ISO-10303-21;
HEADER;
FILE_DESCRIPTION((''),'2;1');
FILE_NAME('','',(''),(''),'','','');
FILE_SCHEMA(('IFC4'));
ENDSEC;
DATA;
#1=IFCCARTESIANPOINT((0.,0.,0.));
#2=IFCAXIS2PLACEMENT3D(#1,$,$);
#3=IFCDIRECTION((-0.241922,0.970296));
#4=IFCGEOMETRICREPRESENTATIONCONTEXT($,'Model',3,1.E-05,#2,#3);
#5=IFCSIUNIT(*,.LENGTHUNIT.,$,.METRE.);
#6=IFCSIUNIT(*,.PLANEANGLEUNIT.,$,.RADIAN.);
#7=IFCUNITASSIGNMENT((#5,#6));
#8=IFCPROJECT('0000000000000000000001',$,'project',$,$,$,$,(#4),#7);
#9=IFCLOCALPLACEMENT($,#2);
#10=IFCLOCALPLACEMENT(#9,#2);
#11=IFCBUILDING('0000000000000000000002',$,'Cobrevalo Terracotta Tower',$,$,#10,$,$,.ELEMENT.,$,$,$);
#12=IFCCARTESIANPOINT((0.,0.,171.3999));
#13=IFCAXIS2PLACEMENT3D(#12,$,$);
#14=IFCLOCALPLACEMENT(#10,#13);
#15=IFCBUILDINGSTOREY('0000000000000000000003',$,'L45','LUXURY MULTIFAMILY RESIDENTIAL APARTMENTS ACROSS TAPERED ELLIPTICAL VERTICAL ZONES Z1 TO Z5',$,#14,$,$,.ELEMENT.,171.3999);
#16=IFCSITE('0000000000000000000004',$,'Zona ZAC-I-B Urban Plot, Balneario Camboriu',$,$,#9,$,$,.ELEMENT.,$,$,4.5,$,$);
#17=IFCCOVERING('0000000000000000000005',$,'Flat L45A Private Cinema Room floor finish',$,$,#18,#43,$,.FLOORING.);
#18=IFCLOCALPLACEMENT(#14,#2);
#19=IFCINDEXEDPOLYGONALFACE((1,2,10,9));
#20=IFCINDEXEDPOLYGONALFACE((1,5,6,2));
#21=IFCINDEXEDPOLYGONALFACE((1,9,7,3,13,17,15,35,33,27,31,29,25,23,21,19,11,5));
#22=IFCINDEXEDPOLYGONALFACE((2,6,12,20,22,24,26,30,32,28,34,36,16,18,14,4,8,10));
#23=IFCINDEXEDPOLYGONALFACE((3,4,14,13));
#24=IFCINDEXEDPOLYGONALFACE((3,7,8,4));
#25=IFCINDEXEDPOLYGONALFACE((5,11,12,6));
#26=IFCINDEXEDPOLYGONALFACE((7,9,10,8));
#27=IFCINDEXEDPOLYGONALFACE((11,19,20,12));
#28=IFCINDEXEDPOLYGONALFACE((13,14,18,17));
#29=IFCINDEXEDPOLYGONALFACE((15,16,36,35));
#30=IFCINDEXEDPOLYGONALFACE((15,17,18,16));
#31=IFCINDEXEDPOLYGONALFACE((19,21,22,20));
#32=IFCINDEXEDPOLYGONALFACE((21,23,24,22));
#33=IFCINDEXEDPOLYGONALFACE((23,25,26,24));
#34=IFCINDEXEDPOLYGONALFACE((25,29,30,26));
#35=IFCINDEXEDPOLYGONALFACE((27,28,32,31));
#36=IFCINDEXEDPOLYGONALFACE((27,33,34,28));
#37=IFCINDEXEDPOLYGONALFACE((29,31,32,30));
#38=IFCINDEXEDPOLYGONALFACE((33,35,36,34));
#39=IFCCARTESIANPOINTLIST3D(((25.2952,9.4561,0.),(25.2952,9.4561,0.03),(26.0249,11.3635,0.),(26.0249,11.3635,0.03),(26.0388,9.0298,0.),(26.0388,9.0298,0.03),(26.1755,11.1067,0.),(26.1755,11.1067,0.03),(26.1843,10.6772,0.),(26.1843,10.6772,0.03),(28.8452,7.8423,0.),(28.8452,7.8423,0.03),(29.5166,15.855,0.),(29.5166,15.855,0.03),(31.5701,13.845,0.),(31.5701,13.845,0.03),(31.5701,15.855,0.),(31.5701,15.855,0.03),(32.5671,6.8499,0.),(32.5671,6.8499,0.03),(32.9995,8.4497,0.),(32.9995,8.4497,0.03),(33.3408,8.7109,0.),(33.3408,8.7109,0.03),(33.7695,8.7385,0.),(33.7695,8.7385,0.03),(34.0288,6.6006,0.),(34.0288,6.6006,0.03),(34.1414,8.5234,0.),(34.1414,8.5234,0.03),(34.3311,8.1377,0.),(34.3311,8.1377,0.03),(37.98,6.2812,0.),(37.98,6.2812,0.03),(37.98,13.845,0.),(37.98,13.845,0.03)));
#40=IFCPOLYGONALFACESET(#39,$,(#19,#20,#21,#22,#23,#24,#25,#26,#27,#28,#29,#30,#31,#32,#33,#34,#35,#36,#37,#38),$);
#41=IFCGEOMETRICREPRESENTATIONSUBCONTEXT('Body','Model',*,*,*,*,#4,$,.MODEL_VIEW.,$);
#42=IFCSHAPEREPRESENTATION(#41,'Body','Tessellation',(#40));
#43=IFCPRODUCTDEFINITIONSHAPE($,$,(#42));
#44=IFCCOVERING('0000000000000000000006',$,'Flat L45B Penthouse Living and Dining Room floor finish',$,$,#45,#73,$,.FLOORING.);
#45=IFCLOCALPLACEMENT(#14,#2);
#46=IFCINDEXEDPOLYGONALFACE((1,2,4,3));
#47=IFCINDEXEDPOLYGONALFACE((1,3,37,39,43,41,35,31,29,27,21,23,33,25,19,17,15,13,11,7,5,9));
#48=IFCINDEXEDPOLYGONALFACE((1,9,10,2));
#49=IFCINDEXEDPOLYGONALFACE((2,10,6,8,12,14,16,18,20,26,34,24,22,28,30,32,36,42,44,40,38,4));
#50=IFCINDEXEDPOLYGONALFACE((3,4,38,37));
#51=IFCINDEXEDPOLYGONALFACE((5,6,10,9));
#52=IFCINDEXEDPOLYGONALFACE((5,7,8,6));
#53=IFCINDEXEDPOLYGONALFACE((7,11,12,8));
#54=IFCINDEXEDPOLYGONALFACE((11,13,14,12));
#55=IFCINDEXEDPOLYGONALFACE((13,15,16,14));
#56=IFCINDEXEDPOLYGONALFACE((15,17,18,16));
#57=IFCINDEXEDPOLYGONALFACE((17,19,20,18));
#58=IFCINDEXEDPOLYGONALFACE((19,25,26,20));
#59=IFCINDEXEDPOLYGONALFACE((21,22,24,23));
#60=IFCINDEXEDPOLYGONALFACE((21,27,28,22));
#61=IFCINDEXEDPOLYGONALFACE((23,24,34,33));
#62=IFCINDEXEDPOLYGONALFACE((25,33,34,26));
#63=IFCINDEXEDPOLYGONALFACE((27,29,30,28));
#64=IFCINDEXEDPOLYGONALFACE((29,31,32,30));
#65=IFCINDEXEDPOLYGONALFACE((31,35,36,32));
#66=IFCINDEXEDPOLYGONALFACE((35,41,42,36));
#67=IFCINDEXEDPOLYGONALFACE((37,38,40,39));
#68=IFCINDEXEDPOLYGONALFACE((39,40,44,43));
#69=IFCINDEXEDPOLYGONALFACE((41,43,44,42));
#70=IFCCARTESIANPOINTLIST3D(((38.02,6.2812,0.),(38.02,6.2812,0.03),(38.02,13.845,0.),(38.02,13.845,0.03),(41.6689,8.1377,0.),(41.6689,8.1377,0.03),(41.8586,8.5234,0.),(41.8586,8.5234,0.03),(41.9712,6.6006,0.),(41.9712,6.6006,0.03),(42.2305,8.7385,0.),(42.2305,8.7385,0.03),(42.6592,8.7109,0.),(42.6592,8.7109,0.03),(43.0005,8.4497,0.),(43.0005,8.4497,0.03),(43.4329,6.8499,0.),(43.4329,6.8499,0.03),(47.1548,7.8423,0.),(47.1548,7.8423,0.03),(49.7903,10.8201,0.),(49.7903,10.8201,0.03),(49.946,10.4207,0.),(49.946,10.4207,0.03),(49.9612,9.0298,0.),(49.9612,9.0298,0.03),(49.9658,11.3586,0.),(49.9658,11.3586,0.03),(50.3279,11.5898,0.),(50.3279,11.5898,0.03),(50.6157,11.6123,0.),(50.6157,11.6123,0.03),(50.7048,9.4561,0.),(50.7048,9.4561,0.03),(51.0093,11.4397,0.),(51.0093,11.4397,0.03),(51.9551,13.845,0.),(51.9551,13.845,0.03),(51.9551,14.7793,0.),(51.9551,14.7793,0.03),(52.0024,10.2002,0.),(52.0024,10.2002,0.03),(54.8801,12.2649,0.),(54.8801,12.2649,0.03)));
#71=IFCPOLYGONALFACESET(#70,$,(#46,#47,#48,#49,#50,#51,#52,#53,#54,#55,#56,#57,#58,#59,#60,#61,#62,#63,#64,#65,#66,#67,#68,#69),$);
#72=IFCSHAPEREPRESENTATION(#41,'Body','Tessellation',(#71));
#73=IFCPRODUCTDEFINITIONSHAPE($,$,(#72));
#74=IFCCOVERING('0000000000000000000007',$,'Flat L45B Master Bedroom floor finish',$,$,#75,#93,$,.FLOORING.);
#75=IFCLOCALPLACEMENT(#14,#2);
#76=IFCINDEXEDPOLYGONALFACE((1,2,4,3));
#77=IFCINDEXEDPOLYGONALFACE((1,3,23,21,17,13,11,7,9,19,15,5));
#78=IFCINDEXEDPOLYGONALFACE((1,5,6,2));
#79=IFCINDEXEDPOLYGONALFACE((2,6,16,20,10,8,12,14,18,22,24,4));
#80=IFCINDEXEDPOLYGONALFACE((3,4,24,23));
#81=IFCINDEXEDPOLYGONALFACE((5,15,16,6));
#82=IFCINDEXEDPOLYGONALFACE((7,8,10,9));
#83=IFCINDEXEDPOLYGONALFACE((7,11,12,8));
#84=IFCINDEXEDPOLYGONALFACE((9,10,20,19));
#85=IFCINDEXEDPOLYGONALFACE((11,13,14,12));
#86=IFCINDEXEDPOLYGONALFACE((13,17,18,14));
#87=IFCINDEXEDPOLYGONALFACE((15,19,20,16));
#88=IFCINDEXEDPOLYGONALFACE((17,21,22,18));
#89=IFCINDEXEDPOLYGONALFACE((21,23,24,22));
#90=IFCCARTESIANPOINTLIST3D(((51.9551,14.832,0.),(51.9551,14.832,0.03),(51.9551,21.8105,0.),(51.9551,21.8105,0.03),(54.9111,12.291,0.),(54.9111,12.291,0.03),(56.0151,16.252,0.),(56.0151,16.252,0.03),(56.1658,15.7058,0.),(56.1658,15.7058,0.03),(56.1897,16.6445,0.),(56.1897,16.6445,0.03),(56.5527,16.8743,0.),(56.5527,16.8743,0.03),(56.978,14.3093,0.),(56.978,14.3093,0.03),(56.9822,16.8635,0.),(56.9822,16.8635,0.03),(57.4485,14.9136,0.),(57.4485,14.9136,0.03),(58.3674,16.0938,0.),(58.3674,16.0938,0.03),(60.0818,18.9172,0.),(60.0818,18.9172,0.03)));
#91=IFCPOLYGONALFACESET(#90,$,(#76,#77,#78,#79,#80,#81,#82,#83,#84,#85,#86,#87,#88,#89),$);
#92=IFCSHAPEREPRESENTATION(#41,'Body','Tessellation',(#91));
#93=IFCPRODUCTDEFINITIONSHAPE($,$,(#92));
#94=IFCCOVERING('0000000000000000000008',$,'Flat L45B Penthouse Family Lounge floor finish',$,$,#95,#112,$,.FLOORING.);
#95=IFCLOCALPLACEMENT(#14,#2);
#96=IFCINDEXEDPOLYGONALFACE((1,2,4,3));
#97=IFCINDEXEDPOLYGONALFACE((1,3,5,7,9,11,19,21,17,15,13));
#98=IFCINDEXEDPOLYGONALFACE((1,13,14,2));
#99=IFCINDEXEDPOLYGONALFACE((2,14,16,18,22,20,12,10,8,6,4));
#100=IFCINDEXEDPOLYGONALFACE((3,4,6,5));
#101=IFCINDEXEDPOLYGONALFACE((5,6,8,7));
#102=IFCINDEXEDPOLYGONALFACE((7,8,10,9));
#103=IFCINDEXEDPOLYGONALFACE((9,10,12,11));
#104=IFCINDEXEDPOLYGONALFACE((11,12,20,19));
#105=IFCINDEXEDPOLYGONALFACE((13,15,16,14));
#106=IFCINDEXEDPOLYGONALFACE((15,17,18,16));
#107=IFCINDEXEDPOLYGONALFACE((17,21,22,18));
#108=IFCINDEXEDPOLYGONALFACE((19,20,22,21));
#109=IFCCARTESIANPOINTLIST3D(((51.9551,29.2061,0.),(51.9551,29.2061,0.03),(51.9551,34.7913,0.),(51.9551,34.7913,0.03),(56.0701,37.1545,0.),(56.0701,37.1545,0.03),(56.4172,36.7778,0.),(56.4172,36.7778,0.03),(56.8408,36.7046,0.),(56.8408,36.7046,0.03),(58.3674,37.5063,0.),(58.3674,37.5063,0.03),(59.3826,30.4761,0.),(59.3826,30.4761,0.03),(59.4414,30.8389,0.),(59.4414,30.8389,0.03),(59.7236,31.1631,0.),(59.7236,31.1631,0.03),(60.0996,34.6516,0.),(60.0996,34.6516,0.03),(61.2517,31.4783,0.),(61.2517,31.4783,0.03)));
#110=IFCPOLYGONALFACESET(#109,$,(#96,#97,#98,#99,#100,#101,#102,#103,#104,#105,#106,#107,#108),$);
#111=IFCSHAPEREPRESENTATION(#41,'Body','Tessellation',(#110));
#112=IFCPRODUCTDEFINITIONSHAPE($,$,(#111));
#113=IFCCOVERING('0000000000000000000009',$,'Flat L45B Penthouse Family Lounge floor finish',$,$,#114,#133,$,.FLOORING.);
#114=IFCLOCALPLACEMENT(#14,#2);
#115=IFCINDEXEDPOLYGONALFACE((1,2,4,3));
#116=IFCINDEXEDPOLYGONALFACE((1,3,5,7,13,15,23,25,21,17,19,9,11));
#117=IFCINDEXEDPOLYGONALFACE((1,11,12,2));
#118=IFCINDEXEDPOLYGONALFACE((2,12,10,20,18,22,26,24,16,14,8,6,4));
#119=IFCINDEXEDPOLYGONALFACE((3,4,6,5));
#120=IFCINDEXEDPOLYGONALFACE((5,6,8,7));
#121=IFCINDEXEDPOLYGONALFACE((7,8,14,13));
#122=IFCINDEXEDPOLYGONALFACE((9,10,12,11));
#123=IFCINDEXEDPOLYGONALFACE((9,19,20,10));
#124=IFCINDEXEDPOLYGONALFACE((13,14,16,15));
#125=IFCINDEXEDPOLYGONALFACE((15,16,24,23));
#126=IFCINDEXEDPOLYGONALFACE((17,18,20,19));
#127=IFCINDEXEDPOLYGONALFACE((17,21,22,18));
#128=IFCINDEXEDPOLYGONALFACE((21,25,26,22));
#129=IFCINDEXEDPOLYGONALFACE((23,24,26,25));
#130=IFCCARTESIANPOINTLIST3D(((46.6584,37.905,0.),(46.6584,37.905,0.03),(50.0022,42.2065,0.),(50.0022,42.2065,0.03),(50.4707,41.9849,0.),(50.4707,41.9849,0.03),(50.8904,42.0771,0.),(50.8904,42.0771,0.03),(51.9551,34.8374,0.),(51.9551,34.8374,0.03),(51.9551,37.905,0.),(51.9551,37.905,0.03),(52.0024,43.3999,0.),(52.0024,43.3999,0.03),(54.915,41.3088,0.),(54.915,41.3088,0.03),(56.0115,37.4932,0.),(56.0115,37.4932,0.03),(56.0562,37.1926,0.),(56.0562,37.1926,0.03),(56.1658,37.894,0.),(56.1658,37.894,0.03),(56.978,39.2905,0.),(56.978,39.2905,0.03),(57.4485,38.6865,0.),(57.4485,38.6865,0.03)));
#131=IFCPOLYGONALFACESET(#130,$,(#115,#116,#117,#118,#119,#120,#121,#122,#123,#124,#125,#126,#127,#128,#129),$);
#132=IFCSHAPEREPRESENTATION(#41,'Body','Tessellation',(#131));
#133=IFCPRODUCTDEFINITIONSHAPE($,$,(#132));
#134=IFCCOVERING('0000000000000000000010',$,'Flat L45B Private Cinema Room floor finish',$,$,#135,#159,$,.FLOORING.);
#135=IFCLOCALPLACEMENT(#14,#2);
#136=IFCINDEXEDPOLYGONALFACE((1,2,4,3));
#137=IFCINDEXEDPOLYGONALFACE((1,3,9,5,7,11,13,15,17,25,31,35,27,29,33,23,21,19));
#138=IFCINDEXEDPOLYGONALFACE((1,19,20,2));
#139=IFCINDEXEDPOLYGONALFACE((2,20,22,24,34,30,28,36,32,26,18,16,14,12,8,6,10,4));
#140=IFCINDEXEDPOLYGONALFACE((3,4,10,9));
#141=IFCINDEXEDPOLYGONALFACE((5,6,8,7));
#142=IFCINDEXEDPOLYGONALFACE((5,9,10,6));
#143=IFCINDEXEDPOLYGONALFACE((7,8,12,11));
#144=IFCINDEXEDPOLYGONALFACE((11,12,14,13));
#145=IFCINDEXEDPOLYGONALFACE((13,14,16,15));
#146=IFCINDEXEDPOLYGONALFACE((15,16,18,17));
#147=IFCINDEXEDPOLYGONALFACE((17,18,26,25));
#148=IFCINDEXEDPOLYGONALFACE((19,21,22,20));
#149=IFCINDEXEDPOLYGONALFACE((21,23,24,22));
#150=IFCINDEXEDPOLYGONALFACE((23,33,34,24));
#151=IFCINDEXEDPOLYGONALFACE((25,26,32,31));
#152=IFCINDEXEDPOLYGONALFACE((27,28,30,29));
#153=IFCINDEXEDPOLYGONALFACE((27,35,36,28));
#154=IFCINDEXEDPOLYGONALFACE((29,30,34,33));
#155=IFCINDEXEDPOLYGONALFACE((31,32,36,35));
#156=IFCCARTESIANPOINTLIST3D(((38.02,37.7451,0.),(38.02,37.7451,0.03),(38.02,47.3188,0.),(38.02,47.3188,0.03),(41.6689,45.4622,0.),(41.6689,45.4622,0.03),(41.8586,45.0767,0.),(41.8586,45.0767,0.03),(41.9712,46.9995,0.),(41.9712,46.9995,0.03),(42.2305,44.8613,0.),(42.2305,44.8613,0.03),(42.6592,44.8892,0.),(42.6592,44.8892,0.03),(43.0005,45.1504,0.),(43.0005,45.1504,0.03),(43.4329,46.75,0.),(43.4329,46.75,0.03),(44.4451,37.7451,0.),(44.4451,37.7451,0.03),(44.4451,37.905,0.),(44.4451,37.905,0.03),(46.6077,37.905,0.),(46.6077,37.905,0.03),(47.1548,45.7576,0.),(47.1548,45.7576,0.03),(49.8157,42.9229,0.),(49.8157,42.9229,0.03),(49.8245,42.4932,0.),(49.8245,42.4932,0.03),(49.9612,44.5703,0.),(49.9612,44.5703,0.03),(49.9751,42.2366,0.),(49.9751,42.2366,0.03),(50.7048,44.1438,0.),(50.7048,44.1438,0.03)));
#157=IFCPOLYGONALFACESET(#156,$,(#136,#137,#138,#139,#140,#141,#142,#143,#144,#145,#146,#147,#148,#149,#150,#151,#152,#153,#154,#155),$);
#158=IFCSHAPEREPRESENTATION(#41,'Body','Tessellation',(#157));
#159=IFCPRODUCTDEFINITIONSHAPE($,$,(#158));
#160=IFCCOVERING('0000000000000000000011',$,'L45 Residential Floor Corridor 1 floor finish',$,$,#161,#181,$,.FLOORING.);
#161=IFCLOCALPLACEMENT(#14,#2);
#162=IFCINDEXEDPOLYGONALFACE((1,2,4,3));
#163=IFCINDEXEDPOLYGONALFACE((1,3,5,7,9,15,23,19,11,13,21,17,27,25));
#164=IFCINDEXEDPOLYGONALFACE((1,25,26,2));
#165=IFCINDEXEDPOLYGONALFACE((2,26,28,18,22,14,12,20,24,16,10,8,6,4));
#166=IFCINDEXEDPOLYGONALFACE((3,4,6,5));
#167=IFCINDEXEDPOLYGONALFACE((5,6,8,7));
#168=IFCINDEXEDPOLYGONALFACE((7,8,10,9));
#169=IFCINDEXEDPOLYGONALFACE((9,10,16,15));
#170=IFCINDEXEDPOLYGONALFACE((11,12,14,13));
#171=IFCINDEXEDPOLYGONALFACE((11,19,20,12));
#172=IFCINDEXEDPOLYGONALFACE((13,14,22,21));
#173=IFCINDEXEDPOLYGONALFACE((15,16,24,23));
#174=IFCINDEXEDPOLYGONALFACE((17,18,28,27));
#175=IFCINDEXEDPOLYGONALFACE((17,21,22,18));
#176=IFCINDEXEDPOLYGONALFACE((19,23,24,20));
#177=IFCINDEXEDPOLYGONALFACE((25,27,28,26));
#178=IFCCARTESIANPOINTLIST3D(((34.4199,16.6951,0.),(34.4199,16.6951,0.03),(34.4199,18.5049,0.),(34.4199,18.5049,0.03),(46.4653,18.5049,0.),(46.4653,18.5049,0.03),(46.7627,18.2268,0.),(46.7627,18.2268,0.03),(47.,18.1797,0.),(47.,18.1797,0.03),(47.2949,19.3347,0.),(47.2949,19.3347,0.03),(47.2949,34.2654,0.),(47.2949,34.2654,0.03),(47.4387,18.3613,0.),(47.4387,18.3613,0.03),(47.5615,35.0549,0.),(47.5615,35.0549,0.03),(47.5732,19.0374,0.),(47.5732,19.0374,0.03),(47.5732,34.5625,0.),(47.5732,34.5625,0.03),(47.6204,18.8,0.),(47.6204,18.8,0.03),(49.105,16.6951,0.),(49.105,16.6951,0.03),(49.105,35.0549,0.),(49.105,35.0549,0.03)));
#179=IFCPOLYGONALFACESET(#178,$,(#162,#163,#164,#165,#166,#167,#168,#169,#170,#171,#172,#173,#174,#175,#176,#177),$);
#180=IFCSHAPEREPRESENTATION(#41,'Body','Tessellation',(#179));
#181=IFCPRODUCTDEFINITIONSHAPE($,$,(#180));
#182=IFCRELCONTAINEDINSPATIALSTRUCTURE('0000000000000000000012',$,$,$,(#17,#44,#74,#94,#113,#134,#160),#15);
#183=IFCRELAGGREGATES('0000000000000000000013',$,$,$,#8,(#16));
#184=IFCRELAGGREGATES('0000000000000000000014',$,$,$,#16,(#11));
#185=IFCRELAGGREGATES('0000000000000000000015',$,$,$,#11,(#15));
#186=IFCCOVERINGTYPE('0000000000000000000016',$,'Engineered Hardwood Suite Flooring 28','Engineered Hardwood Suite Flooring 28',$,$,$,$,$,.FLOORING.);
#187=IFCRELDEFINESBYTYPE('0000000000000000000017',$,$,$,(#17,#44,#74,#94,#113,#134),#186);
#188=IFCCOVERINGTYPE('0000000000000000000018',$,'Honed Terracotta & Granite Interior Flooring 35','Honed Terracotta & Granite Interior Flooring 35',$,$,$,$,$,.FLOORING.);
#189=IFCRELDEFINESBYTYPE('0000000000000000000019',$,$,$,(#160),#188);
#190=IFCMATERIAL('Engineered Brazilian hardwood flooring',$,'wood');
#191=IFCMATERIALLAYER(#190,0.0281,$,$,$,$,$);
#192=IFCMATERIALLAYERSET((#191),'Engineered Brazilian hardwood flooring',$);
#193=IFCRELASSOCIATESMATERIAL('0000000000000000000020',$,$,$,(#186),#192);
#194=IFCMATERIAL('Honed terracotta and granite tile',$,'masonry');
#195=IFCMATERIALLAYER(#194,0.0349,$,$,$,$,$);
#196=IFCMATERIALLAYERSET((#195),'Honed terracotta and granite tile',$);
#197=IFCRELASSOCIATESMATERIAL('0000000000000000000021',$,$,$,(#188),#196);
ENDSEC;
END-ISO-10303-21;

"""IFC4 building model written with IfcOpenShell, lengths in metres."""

from ifc_helpers import new_model, si_unit, direction, frame, origin, place, context, subcontext, project, spatial, polyline, outline, extrude, material, layer, layer_set, type_object, element, save


model = new_model("IFC4")

# Units and contexts
model_context = context("Model", 3, precision=1e-05, world=origin(), true_north=direction((-0.241922, 0.970296)))
body_context = subcontext(model_context, "Body", "Model", "MODEL_VIEW")
ifc_project = project(units=[si_unit("LENGTHUNIT", "METRE"), si_unit("PLANEANGLEUNIT", "RADIAN")], contexts=[model_context])

# Site, building, storey
site_placement = place(None, origin())
site = spatial("IfcSite", under=ifc_project, at=site_placement, Name="Zona ZAC-I-B Urban Plot, Balneario Camboriu", CompositionType="ELEMENT", RefElevation=4.5)
building_placement = place(site_placement, origin())
building = spatial("IfcBuilding", under=site, at=building_placement, Name="Cobrevalo Terracotta Tower", CompositionType="ELEMENT")
storey_placement = place(building_placement, frame((0.0, 0.0, 171.3999)))
storey = spatial("IfcBuildingStorey", under=building, at=storey_placement, Name="L45", Description="LUXURY MULTIFAMILY RESIDENTIAL APARTMENTS ACROSS TAPERED ELLIPTICAL VERTICAL ZONES Z1 TO Z5", CompositionType="ELEMENT", Elevation=171.3999)

# Coverings
ifc_material_1 = material(Name="Engineered Brazilian hardwood flooring", Category="wood")
ifc_layer_1 = layer(ifc_material_1, 0.0281)
ifc_layer_set_1 = layer_set([ifc_layer_1], Name="Engineered Brazilian hardwood flooring")
covering_type_1 = type_object("IfcCoveringType", Name="Engineered Hardwood Suite Flooring 28", Description="Engineered Hardwood Suite Flooring 28", PredefinedType="FLOORING", material=ifc_layer_set_1)
covering_1_placement = place(storey_placement, origin())
element("IfcCovering", 1, at=covering_1_placement, inside=storey, type_object=covering_type_1, Name="Flat L45A Private Cinema Room floor finish", PredefinedType="FLOORING", context=body_context, shape_type="SweptSolid", body=[
    extrude(outline(polyline([(26.0388, 9.0298), (25.2952, 9.4561), (26.1843, 10.6772), (26.1755, 11.1067), (26.0249, 11.3635), (29.5166, 15.855), (31.5701, 15.855), (31.5701, 13.845), (37.98, 13.845), (37.98, 6.2812), (34.0288, 6.6006), (34.3311, 8.1377), (34.1414, 8.5234), (33.7695, 8.7385), (33.3408, 8.7109), (32.9995, 8.4497), (32.5671, 6.8499), (28.8452, 7.8423), (26.0388, 9.0298)])), origin(), (0.0, 0.0, 1.0), 0.03),
])
covering_2_placement = place(storey_placement, origin())
element("IfcCovering", 2, at=covering_2_placement, inside=storey, type_object=covering_type_1, Name="Flat L45B Penthouse Living and Dining Room floor finish", PredefinedType="FLOORING", context=body_context, shape_type="SweptSolid", body=[
    extrude(outline(polyline([(52.0024, 10.2002), (51.0093, 11.4397), (50.6157, 11.6123), (50.3279, 11.5898), (49.9658, 11.3586), (49.7903, 10.8201), (49.946, 10.4207), (50.7048, 9.4561), (49.9612, 9.0298), (47.1548, 7.8423), (43.4329, 6.8499), (43.0005, 8.4497), (42.6592, 8.7109), (42.2305, 8.7385), (41.8586, 8.5234), (41.6689, 8.1377), (41.9712, 6.6006), (38.02, 6.2812), (38.02, 13.845), (51.9551, 13.845), (51.9551, 14.7793), (54.8801, 12.2649), (52.0024, 10.2002)])), origin(), (0.0, 0.0, 1.0), 0.03),
])
covering_3_placement = place(storey_placement, origin())
element("IfcCovering", 3, at=covering_3_placement, inside=storey, type_object=covering_type_1, Name="Flat L45B Master Bedroom floor finish", PredefinedType="FLOORING", context=body_context, shape_type="SweptSolid", body=[
    extrude(outline(polyline([(58.3674, 16.0938), (56.9822, 16.8635), (56.5527, 16.8743), (56.1897, 16.6445), (56.0151, 16.252), (56.1658, 15.7058), (57.4485, 14.9136), (56.978, 14.3093), (54.9111, 12.291), (51.9551, 14.832), (51.9551, 21.8105), (60.0818, 18.9172), (58.3674, 16.0938)])), origin(), (0.0, 0.0, 1.0), 0.03),
])
covering_4_placement = place(storey_placement, origin())
element("IfcCovering", 4, at=covering_4_placement, inside=storey, type_object=covering_type_1, Name="Flat L45B Penthouse Family Lounge floor finish", PredefinedType="FLOORING", context=body_context, shape_type="SweptSolid", body=[
    extrude(outline(polyline([(56.0701, 37.1545), (56.4172, 36.7778), (56.8408, 36.7046), (58.3674, 37.5063), (60.0996, 34.6516), (61.2517, 31.4783), (59.7236, 31.1631), (59.4414, 30.8389), (59.3826, 30.4761), (51.9551, 29.2061), (51.9551, 34.7913), (56.0701, 37.1545)])), origin(), (0.0, 0.0, 1.0), 0.03),
])
covering_5_placement = place(storey_placement, origin())
element("IfcCovering", 5, at=covering_5_placement, inside=storey, type_object=covering_type_1, Name="Flat L45B Penthouse Family Lounge floor finish", PredefinedType="FLOORING", context=body_context, shape_type="SweptSolid", body=[
    extrude(outline(polyline([(46.6584, 37.905), (50.0022, 42.2065), (50.4707, 41.9849), (50.8904, 42.0771), (52.0024, 43.3999), (54.915, 41.3088), (56.978, 39.2905), (57.4485, 38.6865), (56.1658, 37.894), (56.0115, 37.4932), (56.0562, 37.1926), (51.9551, 34.8374), (51.9551, 37.905), (46.6584, 37.905)])), origin(), (0.0, 0.0, 1.0), 0.03),
])
covering_6_placement = place(storey_placement, origin())
element("IfcCovering", 6, at=covering_6_placement, inside=storey, type_object=covering_type_1, Name="Flat L45B Private Cinema Room floor finish", PredefinedType="FLOORING", context=body_context, shape_type="SweptSolid", body=[
    extrude(outline(polyline([(44.4451, 37.7451), (38.02, 37.7451), (38.02, 47.3188), (41.9712, 46.9995), (41.6689, 45.4622), (41.8586, 45.0767), (42.2305, 44.8613), (42.6592, 44.8892), (43.0005, 45.1504), (43.4329, 46.75), (47.1548, 45.7576), (49.9612, 44.5703), (50.7048, 44.1438), (49.8157, 42.9229), (49.8245, 42.4932), (49.9751, 42.2366), (46.6077, 37.905), (44.4451, 37.905), (44.4451, 37.7451)])), origin(), (0.0, 0.0, 1.0), 0.03),
])
ifc_material_2 = material(Name="Honed terracotta and granite tile", Category="masonry")
ifc_layer_2 = layer(ifc_material_2, 0.0349)
ifc_layer_set_2 = layer_set([ifc_layer_2], Name="Honed terracotta and granite tile")
covering_type_2 = type_object("IfcCoveringType", Name="Honed Terracotta & Granite Interior Flooring 35", Description="Honed Terracotta & Granite Interior Flooring 35", PredefinedType="FLOORING", material=ifc_layer_set_2)
covering_7_placement = place(storey_placement, origin())
element("IfcCovering", 7, at=covering_7_placement, inside=storey, type_object=covering_type_2, Name="L45 Residential Floor Corridor 1 floor finish", PredefinedType="FLOORING", context=body_context, shape_type="SweptSolid", body=[
    extrude(outline(polyline([(34.4199, 18.5049), (46.4653, 18.5049), (46.7627, 18.2268), (47.0, 18.1797), (47.4387, 18.3613), (47.6204, 18.8), (47.5732, 19.0374), (47.2949, 19.3347), (47.2949, 34.2654), (47.5732, 34.5625), (47.5615, 35.0549), (49.105, 35.0549), (49.105, 16.6951), (34.4199, 16.6951), (34.4199, 18.5049)])), origin(), (0.0, 0.0, 1.0), 0.03),
])

save(model, "model.ifc")
